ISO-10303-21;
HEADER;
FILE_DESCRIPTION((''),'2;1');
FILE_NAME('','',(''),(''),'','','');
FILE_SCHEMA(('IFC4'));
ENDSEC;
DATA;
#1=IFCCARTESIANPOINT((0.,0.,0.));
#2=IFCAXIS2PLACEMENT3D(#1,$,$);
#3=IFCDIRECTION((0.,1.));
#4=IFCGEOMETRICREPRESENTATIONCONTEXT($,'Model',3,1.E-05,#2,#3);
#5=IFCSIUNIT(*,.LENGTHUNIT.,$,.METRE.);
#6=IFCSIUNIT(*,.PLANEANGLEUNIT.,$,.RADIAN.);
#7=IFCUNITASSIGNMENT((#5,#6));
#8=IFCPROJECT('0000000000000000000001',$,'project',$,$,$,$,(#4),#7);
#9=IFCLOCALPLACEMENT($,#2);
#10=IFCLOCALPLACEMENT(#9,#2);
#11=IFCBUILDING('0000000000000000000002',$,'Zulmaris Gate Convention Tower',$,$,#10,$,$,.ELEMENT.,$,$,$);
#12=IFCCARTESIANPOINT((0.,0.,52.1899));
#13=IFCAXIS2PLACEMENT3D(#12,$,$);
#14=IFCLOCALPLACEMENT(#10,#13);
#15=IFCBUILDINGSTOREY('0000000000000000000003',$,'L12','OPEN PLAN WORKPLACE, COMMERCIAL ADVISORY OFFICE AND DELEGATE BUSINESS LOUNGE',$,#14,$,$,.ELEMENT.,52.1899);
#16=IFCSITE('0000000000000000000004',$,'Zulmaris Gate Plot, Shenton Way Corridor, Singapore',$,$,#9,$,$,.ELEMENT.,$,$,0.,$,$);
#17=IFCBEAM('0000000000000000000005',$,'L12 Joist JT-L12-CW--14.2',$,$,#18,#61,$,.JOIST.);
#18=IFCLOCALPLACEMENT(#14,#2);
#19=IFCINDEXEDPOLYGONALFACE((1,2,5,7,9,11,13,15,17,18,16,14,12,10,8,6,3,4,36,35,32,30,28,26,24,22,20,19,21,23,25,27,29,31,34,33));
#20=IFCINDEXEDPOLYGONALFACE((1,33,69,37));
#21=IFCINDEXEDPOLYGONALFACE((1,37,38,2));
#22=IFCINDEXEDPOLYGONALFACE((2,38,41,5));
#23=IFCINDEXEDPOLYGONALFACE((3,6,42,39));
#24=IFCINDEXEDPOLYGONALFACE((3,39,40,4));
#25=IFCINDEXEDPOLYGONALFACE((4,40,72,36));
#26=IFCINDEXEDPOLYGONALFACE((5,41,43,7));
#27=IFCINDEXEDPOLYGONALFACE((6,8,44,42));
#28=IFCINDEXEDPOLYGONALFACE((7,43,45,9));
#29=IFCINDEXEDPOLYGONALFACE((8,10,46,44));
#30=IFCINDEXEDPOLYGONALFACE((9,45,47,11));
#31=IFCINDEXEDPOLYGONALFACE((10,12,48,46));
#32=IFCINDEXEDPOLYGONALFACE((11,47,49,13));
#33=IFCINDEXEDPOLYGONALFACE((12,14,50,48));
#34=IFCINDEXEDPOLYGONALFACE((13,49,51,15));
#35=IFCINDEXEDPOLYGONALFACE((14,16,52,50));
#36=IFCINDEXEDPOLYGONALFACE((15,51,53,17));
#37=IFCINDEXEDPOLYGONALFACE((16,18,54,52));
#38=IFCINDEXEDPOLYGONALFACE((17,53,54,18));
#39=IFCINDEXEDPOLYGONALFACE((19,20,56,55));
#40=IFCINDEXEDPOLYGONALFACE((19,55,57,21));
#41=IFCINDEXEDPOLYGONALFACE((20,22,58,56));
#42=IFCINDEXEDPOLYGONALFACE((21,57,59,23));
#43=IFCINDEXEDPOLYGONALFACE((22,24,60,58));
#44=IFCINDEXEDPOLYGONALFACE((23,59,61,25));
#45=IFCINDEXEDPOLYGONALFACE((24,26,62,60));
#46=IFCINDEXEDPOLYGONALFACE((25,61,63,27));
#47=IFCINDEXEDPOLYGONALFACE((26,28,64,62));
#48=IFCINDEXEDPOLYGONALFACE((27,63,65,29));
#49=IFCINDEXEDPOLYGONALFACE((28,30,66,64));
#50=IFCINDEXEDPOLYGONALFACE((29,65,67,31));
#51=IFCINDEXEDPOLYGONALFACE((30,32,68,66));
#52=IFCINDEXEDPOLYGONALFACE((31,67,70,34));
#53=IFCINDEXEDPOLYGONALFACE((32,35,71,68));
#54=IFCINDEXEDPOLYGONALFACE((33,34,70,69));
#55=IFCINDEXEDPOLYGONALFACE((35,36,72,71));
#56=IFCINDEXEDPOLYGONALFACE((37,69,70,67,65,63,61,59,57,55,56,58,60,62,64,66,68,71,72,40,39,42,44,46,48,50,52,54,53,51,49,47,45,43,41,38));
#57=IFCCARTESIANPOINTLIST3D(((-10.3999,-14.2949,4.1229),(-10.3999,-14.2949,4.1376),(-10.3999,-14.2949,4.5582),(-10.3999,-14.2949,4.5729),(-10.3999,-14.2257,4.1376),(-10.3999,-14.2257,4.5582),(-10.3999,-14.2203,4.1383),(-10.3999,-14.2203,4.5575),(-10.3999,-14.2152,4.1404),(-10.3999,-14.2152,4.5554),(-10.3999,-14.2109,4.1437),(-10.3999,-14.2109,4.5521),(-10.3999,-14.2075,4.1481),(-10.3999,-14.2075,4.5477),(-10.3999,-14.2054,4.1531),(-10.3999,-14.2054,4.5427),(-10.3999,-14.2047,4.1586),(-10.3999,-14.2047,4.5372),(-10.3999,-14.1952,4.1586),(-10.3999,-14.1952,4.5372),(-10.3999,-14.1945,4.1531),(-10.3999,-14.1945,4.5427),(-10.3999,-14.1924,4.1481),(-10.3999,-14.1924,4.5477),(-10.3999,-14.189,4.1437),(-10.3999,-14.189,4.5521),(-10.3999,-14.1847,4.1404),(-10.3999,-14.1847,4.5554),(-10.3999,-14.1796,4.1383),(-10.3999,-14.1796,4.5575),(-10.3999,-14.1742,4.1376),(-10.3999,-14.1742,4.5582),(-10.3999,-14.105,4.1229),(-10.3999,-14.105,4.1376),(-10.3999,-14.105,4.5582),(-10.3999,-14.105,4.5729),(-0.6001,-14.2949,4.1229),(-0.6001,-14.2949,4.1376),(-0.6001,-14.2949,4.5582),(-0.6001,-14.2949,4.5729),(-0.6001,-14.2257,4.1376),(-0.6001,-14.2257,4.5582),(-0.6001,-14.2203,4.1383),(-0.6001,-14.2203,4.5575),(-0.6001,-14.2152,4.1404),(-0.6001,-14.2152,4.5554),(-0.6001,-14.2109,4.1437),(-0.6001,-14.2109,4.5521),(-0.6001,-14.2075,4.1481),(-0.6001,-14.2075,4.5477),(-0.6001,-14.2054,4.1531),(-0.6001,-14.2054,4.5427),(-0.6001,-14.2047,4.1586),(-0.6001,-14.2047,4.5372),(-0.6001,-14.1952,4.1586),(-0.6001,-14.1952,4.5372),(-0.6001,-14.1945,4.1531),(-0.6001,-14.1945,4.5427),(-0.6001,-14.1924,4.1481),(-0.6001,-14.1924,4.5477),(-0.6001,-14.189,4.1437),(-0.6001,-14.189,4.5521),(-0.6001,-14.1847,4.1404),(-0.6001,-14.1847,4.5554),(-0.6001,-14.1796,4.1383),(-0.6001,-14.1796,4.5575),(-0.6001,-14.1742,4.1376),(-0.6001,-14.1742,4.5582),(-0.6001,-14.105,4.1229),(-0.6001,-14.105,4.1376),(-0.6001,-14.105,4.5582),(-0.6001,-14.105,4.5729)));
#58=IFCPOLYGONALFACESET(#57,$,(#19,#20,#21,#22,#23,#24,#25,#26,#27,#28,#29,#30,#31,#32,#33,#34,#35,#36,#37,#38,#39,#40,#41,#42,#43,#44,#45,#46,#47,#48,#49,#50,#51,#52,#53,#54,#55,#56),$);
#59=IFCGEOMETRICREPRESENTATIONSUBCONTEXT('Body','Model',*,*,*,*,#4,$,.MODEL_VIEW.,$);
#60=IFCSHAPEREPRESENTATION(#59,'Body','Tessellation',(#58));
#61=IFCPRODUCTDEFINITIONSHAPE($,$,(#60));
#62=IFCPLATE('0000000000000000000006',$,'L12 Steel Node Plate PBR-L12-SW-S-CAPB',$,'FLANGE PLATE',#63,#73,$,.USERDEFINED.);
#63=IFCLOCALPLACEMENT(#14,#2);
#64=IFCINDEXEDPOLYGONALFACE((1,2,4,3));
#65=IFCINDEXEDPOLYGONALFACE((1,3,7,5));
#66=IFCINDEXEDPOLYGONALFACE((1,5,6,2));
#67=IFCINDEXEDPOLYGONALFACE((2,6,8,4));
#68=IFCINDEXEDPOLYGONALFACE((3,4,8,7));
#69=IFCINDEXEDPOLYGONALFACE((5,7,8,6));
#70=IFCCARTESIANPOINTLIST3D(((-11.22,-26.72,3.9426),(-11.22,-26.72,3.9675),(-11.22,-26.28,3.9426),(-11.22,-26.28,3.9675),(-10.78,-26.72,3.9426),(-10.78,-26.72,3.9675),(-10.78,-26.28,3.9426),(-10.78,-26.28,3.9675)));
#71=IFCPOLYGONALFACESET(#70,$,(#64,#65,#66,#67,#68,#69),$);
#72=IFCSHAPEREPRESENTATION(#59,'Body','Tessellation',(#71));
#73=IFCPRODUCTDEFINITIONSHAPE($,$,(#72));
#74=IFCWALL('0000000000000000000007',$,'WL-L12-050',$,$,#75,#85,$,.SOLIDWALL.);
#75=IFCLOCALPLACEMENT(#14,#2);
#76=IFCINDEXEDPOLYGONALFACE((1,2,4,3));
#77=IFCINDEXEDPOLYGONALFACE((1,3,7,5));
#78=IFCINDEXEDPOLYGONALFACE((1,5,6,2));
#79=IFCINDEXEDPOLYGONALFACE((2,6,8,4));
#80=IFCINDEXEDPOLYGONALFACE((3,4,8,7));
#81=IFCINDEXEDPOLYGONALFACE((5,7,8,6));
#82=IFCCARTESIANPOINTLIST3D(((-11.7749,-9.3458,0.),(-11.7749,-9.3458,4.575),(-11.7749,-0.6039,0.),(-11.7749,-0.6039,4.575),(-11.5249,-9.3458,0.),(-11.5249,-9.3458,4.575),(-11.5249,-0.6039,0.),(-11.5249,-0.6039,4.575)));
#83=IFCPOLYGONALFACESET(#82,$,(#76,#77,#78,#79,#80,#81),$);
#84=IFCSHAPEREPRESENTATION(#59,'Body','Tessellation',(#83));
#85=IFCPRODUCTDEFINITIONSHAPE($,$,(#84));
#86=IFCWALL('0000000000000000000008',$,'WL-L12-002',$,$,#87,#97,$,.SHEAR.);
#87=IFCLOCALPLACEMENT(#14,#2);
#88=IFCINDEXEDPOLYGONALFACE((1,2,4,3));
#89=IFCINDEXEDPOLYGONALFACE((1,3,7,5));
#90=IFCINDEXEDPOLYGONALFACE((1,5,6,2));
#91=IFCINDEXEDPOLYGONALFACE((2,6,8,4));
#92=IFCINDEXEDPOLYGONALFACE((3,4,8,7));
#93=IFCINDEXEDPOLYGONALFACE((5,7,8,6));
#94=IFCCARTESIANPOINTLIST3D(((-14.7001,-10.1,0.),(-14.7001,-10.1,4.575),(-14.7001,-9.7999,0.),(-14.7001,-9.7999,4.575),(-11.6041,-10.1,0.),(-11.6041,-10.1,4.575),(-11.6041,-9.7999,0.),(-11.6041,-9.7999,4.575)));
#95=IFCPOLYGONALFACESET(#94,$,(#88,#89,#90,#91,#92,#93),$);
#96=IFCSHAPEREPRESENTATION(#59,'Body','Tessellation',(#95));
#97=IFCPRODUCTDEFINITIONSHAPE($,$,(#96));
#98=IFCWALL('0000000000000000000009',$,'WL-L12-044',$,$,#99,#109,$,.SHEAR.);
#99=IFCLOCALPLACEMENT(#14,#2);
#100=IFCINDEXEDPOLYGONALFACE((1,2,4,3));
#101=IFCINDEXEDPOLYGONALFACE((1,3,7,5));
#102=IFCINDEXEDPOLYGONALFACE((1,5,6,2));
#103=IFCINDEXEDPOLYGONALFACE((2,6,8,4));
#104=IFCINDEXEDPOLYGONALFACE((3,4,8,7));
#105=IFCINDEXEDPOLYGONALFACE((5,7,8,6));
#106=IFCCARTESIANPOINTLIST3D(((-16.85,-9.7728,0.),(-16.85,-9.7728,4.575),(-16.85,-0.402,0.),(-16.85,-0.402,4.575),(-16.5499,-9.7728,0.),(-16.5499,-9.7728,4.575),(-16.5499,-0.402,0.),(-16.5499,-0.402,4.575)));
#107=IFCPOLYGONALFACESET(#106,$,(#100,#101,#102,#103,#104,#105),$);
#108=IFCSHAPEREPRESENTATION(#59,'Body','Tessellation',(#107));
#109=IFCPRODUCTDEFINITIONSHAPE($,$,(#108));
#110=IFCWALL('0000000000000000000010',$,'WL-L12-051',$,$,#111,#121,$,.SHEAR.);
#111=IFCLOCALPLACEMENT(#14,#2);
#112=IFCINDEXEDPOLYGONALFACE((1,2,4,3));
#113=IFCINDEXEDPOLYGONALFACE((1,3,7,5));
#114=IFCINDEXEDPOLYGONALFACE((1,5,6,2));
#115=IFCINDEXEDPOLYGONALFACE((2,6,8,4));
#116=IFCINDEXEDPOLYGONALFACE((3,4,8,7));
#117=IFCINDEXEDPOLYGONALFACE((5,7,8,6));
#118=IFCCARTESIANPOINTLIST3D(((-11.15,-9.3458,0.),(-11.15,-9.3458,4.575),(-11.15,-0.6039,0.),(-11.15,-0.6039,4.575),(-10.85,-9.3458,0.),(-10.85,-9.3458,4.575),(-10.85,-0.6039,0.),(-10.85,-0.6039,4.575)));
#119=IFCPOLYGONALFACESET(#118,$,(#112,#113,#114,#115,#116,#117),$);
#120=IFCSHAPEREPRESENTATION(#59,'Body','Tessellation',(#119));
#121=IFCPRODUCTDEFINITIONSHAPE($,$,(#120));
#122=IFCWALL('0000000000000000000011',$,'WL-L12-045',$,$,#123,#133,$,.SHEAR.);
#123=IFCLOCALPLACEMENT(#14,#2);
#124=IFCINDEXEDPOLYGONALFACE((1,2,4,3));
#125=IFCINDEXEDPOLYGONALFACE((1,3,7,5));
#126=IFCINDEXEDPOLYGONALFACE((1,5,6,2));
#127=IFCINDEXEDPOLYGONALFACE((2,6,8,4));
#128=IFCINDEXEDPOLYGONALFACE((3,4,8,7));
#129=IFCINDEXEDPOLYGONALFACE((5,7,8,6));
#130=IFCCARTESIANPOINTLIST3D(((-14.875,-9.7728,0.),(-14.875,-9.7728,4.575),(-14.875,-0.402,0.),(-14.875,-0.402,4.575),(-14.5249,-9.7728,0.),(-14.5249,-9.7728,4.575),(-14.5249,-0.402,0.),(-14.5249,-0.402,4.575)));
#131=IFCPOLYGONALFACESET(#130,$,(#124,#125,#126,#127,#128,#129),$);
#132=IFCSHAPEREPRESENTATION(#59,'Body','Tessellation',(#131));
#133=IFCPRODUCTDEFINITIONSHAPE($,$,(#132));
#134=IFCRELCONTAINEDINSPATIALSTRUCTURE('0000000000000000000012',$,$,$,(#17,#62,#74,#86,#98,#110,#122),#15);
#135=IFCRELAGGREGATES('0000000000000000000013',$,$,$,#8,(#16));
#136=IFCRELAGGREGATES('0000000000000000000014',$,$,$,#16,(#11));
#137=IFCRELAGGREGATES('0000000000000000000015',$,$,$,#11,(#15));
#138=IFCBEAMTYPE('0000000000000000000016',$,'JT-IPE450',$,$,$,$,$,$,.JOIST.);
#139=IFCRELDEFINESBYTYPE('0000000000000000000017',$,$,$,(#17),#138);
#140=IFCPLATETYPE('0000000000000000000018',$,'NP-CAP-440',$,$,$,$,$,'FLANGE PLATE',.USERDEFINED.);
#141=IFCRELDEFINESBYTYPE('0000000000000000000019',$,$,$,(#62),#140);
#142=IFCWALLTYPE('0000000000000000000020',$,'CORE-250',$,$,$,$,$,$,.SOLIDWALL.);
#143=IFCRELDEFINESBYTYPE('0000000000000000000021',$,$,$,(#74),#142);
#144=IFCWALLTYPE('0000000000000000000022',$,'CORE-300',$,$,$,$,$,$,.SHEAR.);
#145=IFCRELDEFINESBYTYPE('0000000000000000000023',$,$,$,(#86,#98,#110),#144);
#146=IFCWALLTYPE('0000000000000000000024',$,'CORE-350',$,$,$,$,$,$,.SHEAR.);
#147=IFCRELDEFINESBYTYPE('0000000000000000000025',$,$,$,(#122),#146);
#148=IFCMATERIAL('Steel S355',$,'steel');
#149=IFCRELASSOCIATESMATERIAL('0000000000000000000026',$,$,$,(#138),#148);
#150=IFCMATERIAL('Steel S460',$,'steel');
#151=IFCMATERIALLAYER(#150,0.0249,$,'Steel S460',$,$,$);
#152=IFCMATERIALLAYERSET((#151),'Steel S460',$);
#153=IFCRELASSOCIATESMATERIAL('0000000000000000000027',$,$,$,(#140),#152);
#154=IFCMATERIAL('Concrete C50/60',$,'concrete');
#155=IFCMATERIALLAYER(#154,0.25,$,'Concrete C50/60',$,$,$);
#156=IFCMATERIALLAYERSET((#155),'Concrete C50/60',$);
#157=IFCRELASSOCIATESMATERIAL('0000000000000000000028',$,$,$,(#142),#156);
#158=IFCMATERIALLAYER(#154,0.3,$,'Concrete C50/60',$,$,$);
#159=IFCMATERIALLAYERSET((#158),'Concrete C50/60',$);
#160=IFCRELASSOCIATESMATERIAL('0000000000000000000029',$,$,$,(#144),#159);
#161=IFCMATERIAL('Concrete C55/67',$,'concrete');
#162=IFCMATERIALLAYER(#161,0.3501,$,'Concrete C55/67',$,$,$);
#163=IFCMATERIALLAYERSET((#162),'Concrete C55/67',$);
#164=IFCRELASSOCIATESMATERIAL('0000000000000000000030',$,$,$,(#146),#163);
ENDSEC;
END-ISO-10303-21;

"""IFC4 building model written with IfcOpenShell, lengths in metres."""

from ifc_helpers import new_model, si_unit, direction, frame, frame_2d, origin, origin_2d, place, context, subcontext, project, spatial, rectangle, i_section, extrude, material, layer, layer_set, material_profile, profile_set, type_object, element, save


model = new_model("IFC4")

# Units and contexts
model_context = context("Model", 3, precision=1e-05, world=origin(), true_north=direction((0.0, 1.0)))
body_context = subcontext(model_context, "Body", "Model", "MODEL_VIEW")
ifc_project = project(units=[si_unit("LENGTHUNIT", "METRE"), si_unit("PLANEANGLEUNIT", "RADIAN")], contexts=[model_context])

# Site, building, storey
site_placement = place(None, origin())
site = spatial("IfcSite", under=ifc_project, at=site_placement, Name="Zulmaris Gate Plot, Shenton Way Corridor, Singapore", CompositionType="ELEMENT", RefElevation=0.0)
building_placement = place(site_placement, origin())
building = spatial("IfcBuilding", under=site, at=building_placement, Name="Zulmaris Gate Convention Tower", CompositionType="ELEMENT")
storey_placement = place(building_placement, frame((0.0, 0.0, 52.1899)))
storey = spatial("IfcBuildingStorey", under=building, at=storey_placement, Name="L12", Description="OPEN PLAN WORKPLACE, COMMERCIAL ADVISORY OFFICE AND DELEGATE BUSINESS LOUNGE", CompositionType="ELEMENT", Elevation=52.1899)

# Beam
ifc_material_1 = material(Name="Steel S355", Category="steel")
ifc_material_profile_1 = material_profile(ifc_material_1, i_section(OverallWidth=0.1899, OverallDepth=0.45, WebThickness=0.0095, FlangeThickness=0.0146, FilletRadius=0.021, at=origin_2d()), Name="IPE 450")
ifc_profile_set_1 = profile_set([ifc_material_profile_1], Name="Steel S355")
beam_type_1 = type_object("IfcBeamType", Name="JT-IPE450", PredefinedType="JOIST", material=ifc_profile_set_1)
for number, where, z_axis, x_axis, name in (
    (1, (-10.3999, -14.2, 4.3479), (1.0, 0.0, 0.0), (0.0, 1.0, 0.0), "L12 Joist JT-L12-CW--14.2"),
):
    element("IfcBeam", number, at=place(storey_placement, frame(where, z_axis=z_axis, x_axis=x_axis)), inside=storey, type_object=beam_type_1, Name=name, PredefinedType="JOIST", context=body_context, shape_type="SweptSolid", body=[
        extrude(i_section(OverallWidth=0.1899, OverallDepth=0.45, WebThickness=0.0095, FlangeThickness=0.0146, FilletRadius=0.021, at=origin_2d()), origin(), (0.0, 0.0, 1.0), 9.7998),
    ])

# Plate
ifc_material_2 = material(Name="Steel S460", Category="steel")
ifc_layer_1 = layer(ifc_material_2, 0.0249, Name="Steel S460")
ifc_layer_set_1 = layer_set([ifc_layer_1], Name="Steel S460")
plate_type = type_object("IfcPlateType", Name="NP-CAP-440", ElementType="FLANGE PLATE", PredefinedType="USERDEFINED", material=ifc_layer_set_1)
plate_placement = place(storey_placement, frame((-11.0, -26.5, 3.9426), z_axis=(0.0, 0.0, 1.0), x_axis=(1.0, 0.0, 0.0)))
element("IfcPlate", 2, at=plate_placement, inside=storey, type_object=plate_type, Name="L12 Steel Node Plate PBR-L12-SW-S-CAPB", ObjectType="FLANGE PLATE", PredefinedType="USERDEFINED", context=body_context, shape_type="SweptSolid", body=[
    extrude(rectangle(XDim=0.4399, YDim=0.4399, at=origin_2d()), origin(), (0.0, 0.0, 1.0), 0.0249),
])

# Walls
ifc_material_3 = material(Name="Concrete C50/60", Category="concrete")
ifc_layer_2 = layer(ifc_material_3, 0.25, Name="Concrete C50/60")
ifc_layer_set_2 = layer_set([ifc_layer_2], Name="Concrete C50/60")
wall_type_1 = type_object("IfcWallType", Name="CORE-250", PredefinedType="SOLIDWALL", material=ifc_layer_set_2)
wall_1_placement = place(storey_placement, frame((-11.6499, -9.3459, 0.0), z_axis=(0.0, 0.0, 1.0), x_axis=(0.0, 1.0, 0.0)))
element("IfcWall", 3, at=wall_1_placement, inside=storey, type_object=wall_type_1, Name="WL-L12-050", PredefinedType="SOLIDWALL", context=body_context, shape_type="SweptSolid", body=[
    extrude(rectangle(XDim=8.7419, YDim=0.25, at=frame_2d((4.3711, 0.0))), origin(), (0.0, 0.0, 1.0), 4.575),
])
ifc_layer_3 = layer(ifc_material_3, 0.3, Name="Concrete C50/60")
ifc_layer_set_3 = layer_set([ifc_layer_3], Name="Concrete C50/60")
wall_type_2 = type_object("IfcWallType", Name="CORE-300", PredefinedType="SHEAR", material=ifc_layer_set_3)
wall_2_placement = place(storey_placement, frame((-14.7, -9.95, 0.0), z_axis=(0.0, 0.0, 1.0), x_axis=(1.0, 0.0, 0.0)))
element("IfcWall", 4, at=wall_2_placement, inside=storey, type_object=wall_type_2, Name="WL-L12-002", PredefinedType="SHEAR", context=body_context, shape_type="SweptSolid", body=[
    extrude(rectangle(XDim=3.0959, YDim=0.3, at=frame_2d((1.5479, 0.0))), origin(), (0.0, 0.0, 1.0), 4.575),
])
wall_3_placement = place(storey_placement, frame((-16.7, -9.7729, 0.0), z_axis=(0.0, 0.0, 1.0), x_axis=(0.0, 1.0, 0.0)))
element("IfcWall", 5, at=wall_3_placement, inside=storey, type_object=wall_type_2, Name="WL-L12-044", PredefinedType="SHEAR", context=body_context, shape_type="SweptSolid", body=[
    extrude(rectangle(XDim=9.3708, YDim=0.3, at=frame_2d((4.6855, 0.0))), origin(), (0.0, 0.0, 1.0), 4.575),
])
wall_4_placement = place(storey_placement, frame((-11.0, -9.3459, 0.0), z_axis=(0.0, 0.0, 1.0), x_axis=(0.0, 1.0, 0.0)))
element("IfcWall", 6, at=wall_4_placement, inside=storey, type_object=wall_type_2, Name="WL-L12-051", PredefinedType="SHEAR", context=body_context, shape_type="SweptSolid", body=[
    extrude(rectangle(XDim=8.7419, YDim=0.3, at=frame_2d((4.3711, 0.0))), origin(), (0.0, 0.0, 1.0), 4.575),
])

# Shared definitions
ifc_material_4 = material(Name="Concrete C55/67", Category="concrete")
ifc_layer_4 = layer(ifc_material_4, 0.3501, Name="Concrete C55/67")
ifc_layer_set_4 = layer_set([ifc_layer_4], Name="Concrete C55/67")
wall_type_3 = type_object("IfcWallType", Name="CORE-350", PredefinedType="SHEAR", material=ifc_layer_set_4)

# Wall
wall_5_placement = place(storey_placement, frame((-14.7, -9.7729, 0.0), z_axis=(0.0, 0.0, 1.0), x_axis=(0.0, 1.0, 0.0)))
element("IfcWall", 7, at=wall_5_placement, inside=storey, type_object=wall_type_3, Name="WL-L12-045", PredefinedType="SHEAR", context=body_context, shape_type="SweptSolid", body=[
    extrude(rectangle(XDim=9.3708, YDim=0.3501, at=frame_2d((4.6855, 0.0))), origin(), (0.0, 0.0, 1.0), 4.575),
])

save(model, "model.ifc")
